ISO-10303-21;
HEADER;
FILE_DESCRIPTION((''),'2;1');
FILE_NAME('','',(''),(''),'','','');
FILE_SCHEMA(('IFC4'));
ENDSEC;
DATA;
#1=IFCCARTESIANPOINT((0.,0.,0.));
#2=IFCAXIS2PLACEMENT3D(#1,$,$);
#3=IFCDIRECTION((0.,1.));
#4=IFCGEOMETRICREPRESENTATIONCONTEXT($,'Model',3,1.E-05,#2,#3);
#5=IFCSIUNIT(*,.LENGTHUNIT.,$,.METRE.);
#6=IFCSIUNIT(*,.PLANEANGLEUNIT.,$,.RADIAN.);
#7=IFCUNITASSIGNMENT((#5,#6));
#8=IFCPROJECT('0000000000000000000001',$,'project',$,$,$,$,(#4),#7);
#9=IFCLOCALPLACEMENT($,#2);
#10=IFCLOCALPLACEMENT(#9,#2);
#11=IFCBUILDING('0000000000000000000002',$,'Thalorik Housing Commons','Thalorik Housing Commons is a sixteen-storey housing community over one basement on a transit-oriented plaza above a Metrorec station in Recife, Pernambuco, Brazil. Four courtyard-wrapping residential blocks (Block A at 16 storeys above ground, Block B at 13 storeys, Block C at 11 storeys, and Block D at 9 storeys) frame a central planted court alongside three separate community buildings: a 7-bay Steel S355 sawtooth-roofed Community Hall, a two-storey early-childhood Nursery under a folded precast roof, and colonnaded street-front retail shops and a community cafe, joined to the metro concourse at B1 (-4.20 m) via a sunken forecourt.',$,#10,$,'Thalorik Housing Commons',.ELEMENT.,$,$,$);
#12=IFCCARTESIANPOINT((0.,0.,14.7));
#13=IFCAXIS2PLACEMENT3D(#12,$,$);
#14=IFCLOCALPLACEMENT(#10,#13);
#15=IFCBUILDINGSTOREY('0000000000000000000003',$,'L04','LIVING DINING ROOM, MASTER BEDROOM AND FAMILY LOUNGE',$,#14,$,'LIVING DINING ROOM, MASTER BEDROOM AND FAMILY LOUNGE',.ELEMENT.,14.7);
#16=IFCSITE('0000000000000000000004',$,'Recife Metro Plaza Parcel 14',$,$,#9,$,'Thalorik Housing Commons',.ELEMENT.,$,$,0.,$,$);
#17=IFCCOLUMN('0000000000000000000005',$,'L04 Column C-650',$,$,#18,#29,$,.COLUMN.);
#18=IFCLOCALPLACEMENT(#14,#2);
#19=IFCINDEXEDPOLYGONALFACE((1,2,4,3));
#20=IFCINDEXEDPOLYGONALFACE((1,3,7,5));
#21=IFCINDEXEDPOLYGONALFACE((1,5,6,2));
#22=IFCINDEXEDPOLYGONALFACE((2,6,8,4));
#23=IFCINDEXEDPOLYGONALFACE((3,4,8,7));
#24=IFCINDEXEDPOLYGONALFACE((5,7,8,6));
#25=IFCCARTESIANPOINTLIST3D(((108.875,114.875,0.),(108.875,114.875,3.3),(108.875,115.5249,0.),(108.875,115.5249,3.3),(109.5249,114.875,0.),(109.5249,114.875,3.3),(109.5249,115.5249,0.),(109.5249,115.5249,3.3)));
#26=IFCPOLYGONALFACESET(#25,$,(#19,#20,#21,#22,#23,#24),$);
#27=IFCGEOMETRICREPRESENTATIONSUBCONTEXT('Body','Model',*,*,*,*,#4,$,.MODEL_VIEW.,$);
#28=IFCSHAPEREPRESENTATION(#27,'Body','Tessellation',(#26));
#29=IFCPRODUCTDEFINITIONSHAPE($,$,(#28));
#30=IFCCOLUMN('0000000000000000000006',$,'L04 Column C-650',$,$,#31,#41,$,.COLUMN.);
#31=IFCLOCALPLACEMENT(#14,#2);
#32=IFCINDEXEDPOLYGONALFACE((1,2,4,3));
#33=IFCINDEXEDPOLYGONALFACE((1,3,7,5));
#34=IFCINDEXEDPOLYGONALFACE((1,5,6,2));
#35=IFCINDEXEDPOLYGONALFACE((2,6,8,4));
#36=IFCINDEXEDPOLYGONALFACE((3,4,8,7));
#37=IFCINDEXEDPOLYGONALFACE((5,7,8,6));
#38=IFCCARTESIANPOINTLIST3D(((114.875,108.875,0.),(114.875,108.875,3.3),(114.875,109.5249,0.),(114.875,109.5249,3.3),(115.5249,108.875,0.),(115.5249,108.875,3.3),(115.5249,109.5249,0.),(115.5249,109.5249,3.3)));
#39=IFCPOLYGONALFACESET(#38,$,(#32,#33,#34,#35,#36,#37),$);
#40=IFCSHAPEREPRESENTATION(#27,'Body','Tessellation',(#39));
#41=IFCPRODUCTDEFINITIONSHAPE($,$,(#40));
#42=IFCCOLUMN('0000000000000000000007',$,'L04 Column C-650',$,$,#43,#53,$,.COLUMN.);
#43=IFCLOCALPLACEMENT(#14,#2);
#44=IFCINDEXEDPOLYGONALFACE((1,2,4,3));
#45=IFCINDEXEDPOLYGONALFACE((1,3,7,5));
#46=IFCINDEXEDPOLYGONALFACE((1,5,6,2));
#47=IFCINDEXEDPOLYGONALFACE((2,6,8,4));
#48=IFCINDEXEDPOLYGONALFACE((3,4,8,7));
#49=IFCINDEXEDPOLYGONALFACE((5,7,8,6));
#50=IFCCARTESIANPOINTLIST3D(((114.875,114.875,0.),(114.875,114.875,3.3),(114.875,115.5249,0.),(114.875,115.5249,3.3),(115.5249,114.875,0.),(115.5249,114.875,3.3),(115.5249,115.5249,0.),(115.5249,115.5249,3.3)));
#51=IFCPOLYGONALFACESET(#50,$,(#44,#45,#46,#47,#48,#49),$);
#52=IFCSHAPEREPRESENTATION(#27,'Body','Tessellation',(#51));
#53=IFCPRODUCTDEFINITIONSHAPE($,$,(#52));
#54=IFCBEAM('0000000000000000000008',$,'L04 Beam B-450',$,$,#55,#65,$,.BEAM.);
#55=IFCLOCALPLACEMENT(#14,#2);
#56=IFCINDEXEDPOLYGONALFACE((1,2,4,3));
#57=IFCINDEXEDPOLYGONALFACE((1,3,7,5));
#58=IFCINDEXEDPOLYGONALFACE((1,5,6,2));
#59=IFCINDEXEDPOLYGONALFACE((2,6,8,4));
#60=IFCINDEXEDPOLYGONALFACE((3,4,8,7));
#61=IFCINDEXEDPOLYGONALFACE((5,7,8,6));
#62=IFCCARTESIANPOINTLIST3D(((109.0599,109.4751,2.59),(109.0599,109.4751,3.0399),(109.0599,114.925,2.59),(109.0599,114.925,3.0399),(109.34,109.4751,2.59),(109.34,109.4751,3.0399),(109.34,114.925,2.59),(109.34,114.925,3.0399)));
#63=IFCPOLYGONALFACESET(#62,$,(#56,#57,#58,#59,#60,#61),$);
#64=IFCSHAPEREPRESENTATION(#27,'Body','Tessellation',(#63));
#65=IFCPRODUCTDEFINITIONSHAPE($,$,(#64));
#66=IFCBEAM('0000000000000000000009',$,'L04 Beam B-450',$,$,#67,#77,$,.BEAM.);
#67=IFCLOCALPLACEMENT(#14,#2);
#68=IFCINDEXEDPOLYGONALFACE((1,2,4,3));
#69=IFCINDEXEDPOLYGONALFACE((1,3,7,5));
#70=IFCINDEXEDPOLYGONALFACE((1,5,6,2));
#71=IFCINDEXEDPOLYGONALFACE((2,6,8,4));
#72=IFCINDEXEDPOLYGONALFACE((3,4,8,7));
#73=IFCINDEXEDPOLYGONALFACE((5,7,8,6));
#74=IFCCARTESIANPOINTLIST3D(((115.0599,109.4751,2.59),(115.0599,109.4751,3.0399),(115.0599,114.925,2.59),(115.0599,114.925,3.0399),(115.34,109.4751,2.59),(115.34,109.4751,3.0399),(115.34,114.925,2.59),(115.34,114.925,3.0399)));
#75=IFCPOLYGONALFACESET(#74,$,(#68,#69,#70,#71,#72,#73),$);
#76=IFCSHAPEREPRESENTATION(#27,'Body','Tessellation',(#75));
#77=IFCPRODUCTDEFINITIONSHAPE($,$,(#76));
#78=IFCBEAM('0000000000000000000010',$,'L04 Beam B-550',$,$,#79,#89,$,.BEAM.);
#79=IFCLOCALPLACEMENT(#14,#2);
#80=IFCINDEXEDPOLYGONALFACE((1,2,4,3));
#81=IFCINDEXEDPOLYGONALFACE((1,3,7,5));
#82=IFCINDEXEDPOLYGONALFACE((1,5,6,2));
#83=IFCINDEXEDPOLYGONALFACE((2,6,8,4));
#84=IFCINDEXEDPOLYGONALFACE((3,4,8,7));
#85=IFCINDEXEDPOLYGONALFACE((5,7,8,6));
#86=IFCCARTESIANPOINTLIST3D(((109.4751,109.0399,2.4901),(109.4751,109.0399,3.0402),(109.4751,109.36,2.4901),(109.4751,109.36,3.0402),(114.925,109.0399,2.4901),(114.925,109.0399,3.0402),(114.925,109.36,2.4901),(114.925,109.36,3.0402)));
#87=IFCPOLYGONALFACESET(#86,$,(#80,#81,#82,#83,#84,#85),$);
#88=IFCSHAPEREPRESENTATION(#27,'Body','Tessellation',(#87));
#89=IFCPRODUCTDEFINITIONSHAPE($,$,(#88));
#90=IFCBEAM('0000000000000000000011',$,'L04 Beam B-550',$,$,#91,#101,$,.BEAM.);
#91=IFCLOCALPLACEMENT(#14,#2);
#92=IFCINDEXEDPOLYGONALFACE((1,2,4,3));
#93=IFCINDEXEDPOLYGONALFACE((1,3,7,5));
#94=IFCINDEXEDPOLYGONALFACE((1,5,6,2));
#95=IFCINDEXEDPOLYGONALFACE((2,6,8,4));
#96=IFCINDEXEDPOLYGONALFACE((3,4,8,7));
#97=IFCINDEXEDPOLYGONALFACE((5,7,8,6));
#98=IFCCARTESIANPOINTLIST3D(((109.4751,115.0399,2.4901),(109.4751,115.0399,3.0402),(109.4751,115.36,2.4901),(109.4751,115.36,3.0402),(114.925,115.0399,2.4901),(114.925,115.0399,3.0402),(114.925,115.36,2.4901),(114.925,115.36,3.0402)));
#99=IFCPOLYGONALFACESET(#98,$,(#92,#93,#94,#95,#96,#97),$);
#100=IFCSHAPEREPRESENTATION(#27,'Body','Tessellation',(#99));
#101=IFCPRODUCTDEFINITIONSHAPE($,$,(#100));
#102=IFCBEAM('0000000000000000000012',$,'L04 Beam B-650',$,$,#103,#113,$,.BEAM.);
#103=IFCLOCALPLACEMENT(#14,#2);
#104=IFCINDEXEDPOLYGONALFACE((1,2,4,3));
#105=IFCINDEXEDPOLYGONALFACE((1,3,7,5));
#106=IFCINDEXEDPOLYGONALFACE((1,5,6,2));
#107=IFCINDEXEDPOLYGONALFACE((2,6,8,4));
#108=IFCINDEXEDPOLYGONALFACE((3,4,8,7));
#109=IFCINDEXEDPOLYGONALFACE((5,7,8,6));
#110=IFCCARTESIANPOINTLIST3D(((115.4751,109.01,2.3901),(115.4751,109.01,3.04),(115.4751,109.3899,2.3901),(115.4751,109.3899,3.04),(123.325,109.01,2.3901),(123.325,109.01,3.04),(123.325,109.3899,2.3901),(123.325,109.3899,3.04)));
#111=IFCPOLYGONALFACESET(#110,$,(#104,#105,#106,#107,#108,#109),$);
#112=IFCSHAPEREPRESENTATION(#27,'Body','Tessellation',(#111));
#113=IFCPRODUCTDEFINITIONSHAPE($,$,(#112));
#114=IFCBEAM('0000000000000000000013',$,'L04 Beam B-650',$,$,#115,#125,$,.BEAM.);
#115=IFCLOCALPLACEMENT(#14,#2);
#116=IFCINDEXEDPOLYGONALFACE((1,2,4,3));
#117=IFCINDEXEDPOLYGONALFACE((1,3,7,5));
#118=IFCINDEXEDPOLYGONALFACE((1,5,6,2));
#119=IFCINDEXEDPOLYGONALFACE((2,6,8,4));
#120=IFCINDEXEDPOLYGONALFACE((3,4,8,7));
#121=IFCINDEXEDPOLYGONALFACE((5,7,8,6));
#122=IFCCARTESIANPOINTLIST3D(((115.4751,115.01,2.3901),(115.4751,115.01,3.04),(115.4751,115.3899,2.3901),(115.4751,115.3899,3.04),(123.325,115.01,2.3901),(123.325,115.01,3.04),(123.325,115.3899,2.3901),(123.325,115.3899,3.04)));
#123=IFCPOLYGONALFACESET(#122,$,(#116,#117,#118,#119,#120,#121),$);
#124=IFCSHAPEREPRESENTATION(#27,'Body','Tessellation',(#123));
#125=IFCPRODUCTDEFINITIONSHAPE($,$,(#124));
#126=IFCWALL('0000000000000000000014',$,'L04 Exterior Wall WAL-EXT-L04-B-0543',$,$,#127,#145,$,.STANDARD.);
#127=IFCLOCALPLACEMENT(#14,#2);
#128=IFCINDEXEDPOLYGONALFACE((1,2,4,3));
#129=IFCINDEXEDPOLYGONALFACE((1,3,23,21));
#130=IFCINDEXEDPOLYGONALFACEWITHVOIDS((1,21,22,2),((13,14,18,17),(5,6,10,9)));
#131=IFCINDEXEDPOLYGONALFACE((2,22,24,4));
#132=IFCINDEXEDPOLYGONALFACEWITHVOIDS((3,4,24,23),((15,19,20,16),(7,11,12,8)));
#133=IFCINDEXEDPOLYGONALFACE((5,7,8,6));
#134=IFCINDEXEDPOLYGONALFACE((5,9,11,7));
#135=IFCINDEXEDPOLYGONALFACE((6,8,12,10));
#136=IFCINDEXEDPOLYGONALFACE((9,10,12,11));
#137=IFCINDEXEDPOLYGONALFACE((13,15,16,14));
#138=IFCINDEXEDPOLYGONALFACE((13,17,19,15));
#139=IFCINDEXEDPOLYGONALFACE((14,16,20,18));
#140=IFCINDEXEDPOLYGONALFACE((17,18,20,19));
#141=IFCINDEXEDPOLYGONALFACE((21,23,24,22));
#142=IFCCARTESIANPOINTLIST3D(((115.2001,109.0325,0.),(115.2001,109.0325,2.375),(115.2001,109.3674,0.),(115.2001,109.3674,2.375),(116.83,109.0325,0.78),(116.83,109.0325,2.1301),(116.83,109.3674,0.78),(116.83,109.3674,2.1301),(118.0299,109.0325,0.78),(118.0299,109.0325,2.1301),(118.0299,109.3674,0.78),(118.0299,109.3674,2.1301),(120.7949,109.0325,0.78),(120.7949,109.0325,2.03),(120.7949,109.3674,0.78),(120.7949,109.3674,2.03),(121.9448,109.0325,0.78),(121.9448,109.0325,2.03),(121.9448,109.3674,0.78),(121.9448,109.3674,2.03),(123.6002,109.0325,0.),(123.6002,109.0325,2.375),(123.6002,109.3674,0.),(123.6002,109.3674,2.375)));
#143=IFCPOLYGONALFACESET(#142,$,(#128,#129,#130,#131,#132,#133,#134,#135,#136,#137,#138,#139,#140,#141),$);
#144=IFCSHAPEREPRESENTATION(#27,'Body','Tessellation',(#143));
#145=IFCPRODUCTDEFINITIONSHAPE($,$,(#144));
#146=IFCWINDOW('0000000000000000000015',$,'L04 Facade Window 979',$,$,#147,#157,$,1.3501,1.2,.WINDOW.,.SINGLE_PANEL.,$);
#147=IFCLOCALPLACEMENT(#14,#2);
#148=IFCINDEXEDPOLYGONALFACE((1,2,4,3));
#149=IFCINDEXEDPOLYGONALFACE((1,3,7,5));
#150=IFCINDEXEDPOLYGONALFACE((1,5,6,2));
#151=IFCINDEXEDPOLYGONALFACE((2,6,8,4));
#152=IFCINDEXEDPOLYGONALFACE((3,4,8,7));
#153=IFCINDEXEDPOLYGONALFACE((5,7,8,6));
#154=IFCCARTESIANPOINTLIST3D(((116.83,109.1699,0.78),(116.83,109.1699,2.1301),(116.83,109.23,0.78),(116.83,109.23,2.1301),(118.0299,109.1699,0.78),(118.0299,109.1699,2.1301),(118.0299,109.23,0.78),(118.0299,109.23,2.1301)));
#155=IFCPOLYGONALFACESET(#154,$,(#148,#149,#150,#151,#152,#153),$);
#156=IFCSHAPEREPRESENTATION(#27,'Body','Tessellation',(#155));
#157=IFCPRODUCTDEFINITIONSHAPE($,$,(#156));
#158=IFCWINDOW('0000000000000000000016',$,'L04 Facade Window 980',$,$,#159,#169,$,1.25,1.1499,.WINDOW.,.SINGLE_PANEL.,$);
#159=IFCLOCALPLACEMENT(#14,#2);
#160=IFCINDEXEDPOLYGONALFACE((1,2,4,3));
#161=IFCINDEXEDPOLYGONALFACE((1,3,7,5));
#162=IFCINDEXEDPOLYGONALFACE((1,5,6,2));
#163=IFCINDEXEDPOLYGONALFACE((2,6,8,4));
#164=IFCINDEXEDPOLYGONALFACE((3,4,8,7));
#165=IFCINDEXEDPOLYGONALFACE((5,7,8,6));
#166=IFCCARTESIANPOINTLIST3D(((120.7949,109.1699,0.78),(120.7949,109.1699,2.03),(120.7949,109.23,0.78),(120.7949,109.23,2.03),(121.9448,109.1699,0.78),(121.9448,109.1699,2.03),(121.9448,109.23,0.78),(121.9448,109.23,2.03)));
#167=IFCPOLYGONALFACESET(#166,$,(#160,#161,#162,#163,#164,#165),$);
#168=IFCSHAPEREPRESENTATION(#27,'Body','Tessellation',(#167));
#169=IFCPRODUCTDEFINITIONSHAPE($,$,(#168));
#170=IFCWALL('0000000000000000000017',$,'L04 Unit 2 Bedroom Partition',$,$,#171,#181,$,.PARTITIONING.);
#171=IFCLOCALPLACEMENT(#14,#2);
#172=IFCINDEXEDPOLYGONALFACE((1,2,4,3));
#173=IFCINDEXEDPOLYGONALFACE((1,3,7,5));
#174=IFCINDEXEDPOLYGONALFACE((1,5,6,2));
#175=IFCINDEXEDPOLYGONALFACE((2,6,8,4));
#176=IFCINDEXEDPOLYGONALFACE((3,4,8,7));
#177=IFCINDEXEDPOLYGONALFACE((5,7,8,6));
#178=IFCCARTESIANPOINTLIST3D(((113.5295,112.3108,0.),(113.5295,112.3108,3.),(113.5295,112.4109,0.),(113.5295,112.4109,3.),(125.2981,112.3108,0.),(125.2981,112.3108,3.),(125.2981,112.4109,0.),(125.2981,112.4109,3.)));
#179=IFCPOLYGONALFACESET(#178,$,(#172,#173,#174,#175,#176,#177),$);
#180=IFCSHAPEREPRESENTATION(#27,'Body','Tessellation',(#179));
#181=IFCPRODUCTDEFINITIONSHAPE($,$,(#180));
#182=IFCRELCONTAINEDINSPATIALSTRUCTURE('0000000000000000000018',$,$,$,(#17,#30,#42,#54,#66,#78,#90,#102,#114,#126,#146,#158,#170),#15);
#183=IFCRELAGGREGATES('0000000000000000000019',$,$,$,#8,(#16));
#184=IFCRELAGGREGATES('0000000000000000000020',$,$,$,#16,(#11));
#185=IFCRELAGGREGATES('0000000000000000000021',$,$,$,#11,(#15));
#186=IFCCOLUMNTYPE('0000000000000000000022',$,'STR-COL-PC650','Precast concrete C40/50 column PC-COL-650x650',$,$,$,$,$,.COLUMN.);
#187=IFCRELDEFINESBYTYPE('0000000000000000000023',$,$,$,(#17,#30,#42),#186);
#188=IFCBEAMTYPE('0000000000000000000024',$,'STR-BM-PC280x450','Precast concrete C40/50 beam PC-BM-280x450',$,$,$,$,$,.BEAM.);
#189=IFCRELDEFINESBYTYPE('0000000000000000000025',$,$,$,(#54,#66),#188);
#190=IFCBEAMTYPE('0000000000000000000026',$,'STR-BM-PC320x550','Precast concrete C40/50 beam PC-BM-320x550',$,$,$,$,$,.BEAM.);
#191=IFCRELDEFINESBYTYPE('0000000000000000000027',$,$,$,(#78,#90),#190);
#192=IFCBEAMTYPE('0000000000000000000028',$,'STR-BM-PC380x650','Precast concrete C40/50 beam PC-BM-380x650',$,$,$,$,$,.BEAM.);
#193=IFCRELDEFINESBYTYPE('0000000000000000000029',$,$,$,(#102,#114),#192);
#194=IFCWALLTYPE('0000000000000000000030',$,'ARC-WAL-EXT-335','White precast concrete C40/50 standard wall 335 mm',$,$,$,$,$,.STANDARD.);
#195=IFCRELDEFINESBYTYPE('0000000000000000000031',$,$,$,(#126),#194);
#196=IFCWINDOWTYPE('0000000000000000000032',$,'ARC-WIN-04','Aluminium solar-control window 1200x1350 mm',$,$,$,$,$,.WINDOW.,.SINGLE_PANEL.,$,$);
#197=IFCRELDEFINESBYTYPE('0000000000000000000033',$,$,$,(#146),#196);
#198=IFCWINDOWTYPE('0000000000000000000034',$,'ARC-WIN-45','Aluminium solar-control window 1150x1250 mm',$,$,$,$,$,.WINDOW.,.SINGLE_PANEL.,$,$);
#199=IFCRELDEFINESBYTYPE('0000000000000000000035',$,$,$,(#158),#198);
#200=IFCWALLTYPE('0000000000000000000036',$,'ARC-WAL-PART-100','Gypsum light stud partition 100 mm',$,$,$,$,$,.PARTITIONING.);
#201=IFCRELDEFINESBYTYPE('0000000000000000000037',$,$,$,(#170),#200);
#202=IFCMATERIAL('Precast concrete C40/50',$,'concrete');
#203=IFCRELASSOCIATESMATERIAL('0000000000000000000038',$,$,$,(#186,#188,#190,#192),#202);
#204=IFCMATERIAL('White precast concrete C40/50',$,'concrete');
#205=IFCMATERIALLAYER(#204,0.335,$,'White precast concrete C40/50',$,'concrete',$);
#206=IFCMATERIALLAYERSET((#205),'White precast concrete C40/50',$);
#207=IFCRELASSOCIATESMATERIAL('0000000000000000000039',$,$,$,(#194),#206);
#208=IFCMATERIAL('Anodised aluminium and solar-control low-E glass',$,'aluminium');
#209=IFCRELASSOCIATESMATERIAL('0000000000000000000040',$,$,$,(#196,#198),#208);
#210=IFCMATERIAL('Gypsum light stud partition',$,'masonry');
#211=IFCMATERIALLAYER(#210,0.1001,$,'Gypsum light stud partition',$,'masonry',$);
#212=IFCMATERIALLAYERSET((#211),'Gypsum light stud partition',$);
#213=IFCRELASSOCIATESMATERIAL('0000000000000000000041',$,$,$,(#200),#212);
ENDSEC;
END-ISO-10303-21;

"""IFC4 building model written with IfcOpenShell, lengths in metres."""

from ifc_helpers import new_model, si_unit, direction, frame, frame_2d, origin, origin_2d, place, context, subcontext, project, spatial, rectangle, extrude, material, layer, layer_set, material_profile, profile_set, type_object, element, fill, save


model = new_model("IFC4")

# Units and contexts
model_context = context("Model", 3, precision=1e-05, world=origin(), true_north=direction((0.0, 1.0)))
body_context = subcontext(model_context, "Body", "Model", "MODEL_VIEW")
ifc_project = project(units=[si_unit("LENGTHUNIT", "METRE"), si_unit("PLANEANGLEUNIT", "RADIAN")], contexts=[model_context])

# Site, building, storey
site_placement = place(None, origin())
site = spatial("IfcSite", under=ifc_project, at=site_placement, Name="Recife Metro Plaza Parcel 14", LongName="Thalorik Housing Commons", CompositionType="ELEMENT", RefElevation=0.0)
building_placement = place(site_placement, origin())
building = spatial("IfcBuilding", under=site, at=building_placement, Name="Thalorik Housing Commons", Description="Thalorik Housing Commons is a sixteen-storey housing community over one basement on a transit-oriented plaza above a Metrorec station in Recife, Pernambuco, Brazil. Four courtyard-wrapping residential blocks (Block A at 16 storeys above ground, Block B at 13 storeys, Block C at 11 storeys, and Block D at 9 storeys) frame a central planted court alongside three separate community buildings: a 7-bay Steel S355 sawtooth-roofed Community Hall, a two-storey early-childhood Nursery under a folded precast roof, and colonnaded street-front retail shops and a community cafe, joined to the metro concourse at B1 (-4.20 m) via a sunken forecourt.", LongName="Thalorik Housing Commons", CompositionType="ELEMENT")
storey_placement = place(building_placement, frame((0.0, 0.0, 14.7)))
storey = spatial("IfcBuildingStorey", under=building, at=storey_placement, Name="L04", Description="LIVING DINING ROOM, MASTER BEDROOM AND FAMILY LOUNGE", LongName="LIVING DINING ROOM, MASTER BEDROOM AND FAMILY LOUNGE", CompositionType="ELEMENT", Elevation=14.7)

# Columns
ifc_material_1 = material(Name="Precast concrete C40/50", Category="concrete")
ifc_material_profile_1 = material_profile(ifc_material_1, rectangle(XDim=0.6499, YDim=0.6499, at=origin_2d()), Name="PC 650x650", Category="concrete")
ifc_profile_set_1 = profile_set([ifc_material_profile_1], Name="Precast concrete C40/50")
column_type = type_object("IfcColumnType", Name="STR-COL-PC650", Description="Precast concrete C40/50 column PC-COL-650x650", PredefinedType="COLUMN", material=ifc_profile_set_1)
for number, where, z_axis, x_axis, name in (
    (1, (109.2, 115.2, 0.0), (0.0, 0.0, 1.0), (1.0, 0.0, 0.0), "L04 Column C-650"),
    (2, (115.2, 109.2, 0.0), (0.0, 0.0, 1.0), (1.0, 0.0, 0.0), "L04 Column C-650"),
    (3, (115.2, 115.2, 0.0), (0.0, 0.0, 1.0), (1.0, 0.0, 0.0), "L04 Column C-650"),
):
    element("IfcColumn", number, at=place(storey_placement, frame(where, z_axis=z_axis, x_axis=x_axis)), inside=storey, type_object=column_type, Name=name, PredefinedType="COLUMN", context=body_context, shape_type="SweptSolid", body=[
        extrude(rectangle(XDim=0.6499, YDim=0.6499, at=origin_2d()), origin(), (0.0, 0.0, 1.0), 3.3),
    ])

# Beams
ifc_material_profile_2 = material_profile(ifc_material_1, rectangle(XDim=0.28, YDim=0.45, at=origin_2d()), Name="PC 280x450", Category="concrete")
ifc_profile_set_2 = profile_set([ifc_material_profile_2], Name="Precast concrete C40/50")
beam_type_1 = type_object("IfcBeamType", Name="STR-BM-PC280x450", Description="Precast concrete C40/50 beam PC-BM-280x450", PredefinedType="BEAM", material=ifc_profile_set_2)
for number, where, z_axis, x_axis, name in (
    (4, (109.2, 109.4751, 2.8149), (0.0, 1.0, 0.0), (-1.0, 0.0, 0.0), "L04 Beam B-450"),
    (5, (115.2, 109.4751, 2.8149), (0.0, 1.0, 0.0), (-1.0, 0.0, 0.0), "L04 Beam B-450"),
):
    element("IfcBeam", number, at=place(storey_placement, frame(where, z_axis=z_axis, x_axis=x_axis)), inside=storey, type_object=beam_type_1, Name=name, PredefinedType="BEAM", context=body_context, shape_type="SweptSolid", body=[
        extrude(rectangle(XDim=0.28, YDim=0.45, at=origin_2d()), origin(), (0.0, 0.0, 1.0), 5.45),
    ])
ifc_material_profile_3 = material_profile(ifc_material_1, rectangle(XDim=0.3201, YDim=0.55, at=origin_2d()), Name="PC 320x550", Category="concrete")
ifc_profile_set_3 = profile_set([ifc_material_profile_3], Name="Precast concrete C40/50")
beam_type_2 = type_object("IfcBeamType", Name="STR-BM-PC320x550", Description="Precast concrete C40/50 beam PC-BM-320x550", PredefinedType="BEAM", material=ifc_profile_set_3)
for number, where, z_axis, x_axis, name in (
    (6, (109.4751, 109.2, 2.7651), (1.0, 0.0, 0.0), (0.0, 1.0, 0.0), "L04 Beam B-550"),
    (7, (109.4751, 115.2, 2.7651), (1.0, 0.0, 0.0), (0.0, 1.0, 0.0), "L04 Beam B-550"),
):
    element("IfcBeam", number, at=place(storey_placement, frame(where, z_axis=z_axis, x_axis=x_axis)), inside=storey, type_object=beam_type_2, Name=name, PredefinedType="BEAM", context=body_context, shape_type="SweptSolid", body=[
        extrude(rectangle(XDim=0.3201, YDim=0.55, at=origin_2d()), origin(), (0.0, 0.0, 1.0), 5.45),
    ])
ifc_material_profile_4 = material_profile(ifc_material_1, rectangle(XDim=0.3799, YDim=0.6499, at=origin_2d()), Name="PC 380x650", Category="concrete")
ifc_profile_set_4 = profile_set([ifc_material_profile_4], Name="Precast concrete C40/50")
beam_type_3 = type_object("IfcBeamType", Name="STR-BM-PC380x650", Description="Precast concrete C40/50 beam PC-BM-380x650", PredefinedType="BEAM", material=ifc_profile_set_4)
for number, where, z_axis, x_axis, name in (
    (8, (115.4751, 109.2, 2.7151), (1.0, 0.0, 0.0), (0.0, 1.0, 0.0), "L04 Beam B-650"),
    (9, (115.4751, 115.2, 2.7151), (1.0, 0.0, 0.0), (0.0, 1.0, 0.0), "L04 Beam B-650"),
):
    element("IfcBeam", number, at=place(storey_placement, frame(where, z_axis=z_axis, x_axis=x_axis)), inside=storey, type_object=beam_type_3, Name=name, PredefinedType="BEAM", context=body_context, shape_type="SweptSolid", body=[
        extrude(rectangle(XDim=0.3799, YDim=0.6499, at=origin_2d()), origin(), (0.0, 0.0, 1.0), 7.8499),
    ])

# Wall, openings, windows
ifc_material_2 = material(Name="White precast concrete C40/50", Category="concrete")
ifc_layer_1 = layer(ifc_material_2, 0.335, Name="White precast concrete C40/50", Category="concrete")
ifc_layer_set_1 = layer_set([ifc_layer_1], Name="White precast concrete C40/50")
wall_type_1 = type_object("IfcWallType", Name="ARC-WAL-EXT-335", Description="White precast concrete C40/50 standard wall 335 mm", PredefinedType="STANDARD", material=ifc_layer_set_1)
wall_1_placement = place(storey_placement, frame((115.2, 109.2, 0.0), z_axis=(0.0, 0.0, 1.0), x_axis=(1.0, 0.0, 0.0)))
wall_1 = element("IfcWall", 10, at=wall_1_placement, inside=storey, type_object=wall_type_1, Name="L04 Exterior Wall WAL-EXT-L04-B-0543", PredefinedType="STANDARD", context=body_context, shape_type="SweptSolid", body=[
    extrude(rectangle(XDim=8.4001, YDim=0.335, at=frame_2d((4.2002, 0.0))), origin(), (0.0, 0.0, 1.0), 2.375),
])
opening_1_placement = place(wall_1_placement, frame((1.6299, 0.0, 0.78)))
opening_1 = element("IfcOpeningElement", 11, at=opening_1_placement, cuts=wall_1, PredefinedType="OPENING", context=body_context, shape_type="SweptSolid", body=[
    extrude(rectangle(XDim=1.2, YDim=1.3501, at=frame_2d((0.6001, 0.675))), frame((0.0, 0.1775, 0.0), z_axis=(0.0, -1.0, 0.0), x_axis=(1.0, 0.0, 0.0)), (0.0, 0.0, 1.0), 0.355),
])
opening_2_placement = place(wall_1_placement, frame((5.595, 0.0, 0.78)))
opening_2 = element("IfcOpeningElement", 12, at=opening_2_placement, cuts=wall_1, PredefinedType="OPENING", context=body_context, shape_type="SweptSolid", body=[
    extrude(rectangle(XDim=1.1499, YDim=1.25, at=frame_2d((0.575, 0.625))), frame((0.0, 0.1775, 0.0), z_axis=(0.0, -1.0, 0.0), x_axis=(1.0, 0.0, 0.0)), (0.0, 0.0, 1.0), 0.355),
])
ifc_material_3 = material(Name="Anodised aluminium and solar-control low-E glass", Category="aluminium")
window_type_1 = type_object("IfcWindowType", Name="ARC-WIN-04", Description="Aluminium solar-control window 1200x1350 mm", PartitioningType="SINGLE_PANEL", PredefinedType="WINDOW", material=ifc_material_3)
window_1_placement = place(opening_1_placement, origin())
window_1 = element("IfcWindow", 13, at=window_1_placement, inside=storey, type_object=window_type_1, Name="L04 Facade Window 979", OverallHeight=1.3501, OverallWidth=1.2, PartitioningType="SINGLE_PANEL", PredefinedType="WINDOW", context=body_context, shape_type="SweptSolid", body=[
    extrude(rectangle(XDim=1.2, YDim=1.3501, at=frame_2d((0.6001, 0.675))), frame((0.0, 0.03, 0.0), z_axis=(0.0, -1.0, 0.0), x_axis=(1.0, 0.0, 0.0)), (0.0, 0.0, 1.0), 0.0601),
])
fill(opening_1, window_1)
window_type_2 = type_object("IfcWindowType", Name="ARC-WIN-45", Description="Aluminium solar-control window 1150x1250 mm", PartitioningType="SINGLE_PANEL", PredefinedType="WINDOW", material=ifc_material_3)
window_2_placement = place(opening_2_placement, origin())
window_2 = element("IfcWindow", 14, at=window_2_placement, inside=storey, type_object=window_type_2, Name="L04 Facade Window 980", OverallHeight=1.25, OverallWidth=1.1499, PartitioningType="SINGLE_PANEL", PredefinedType="WINDOW", context=body_context, shape_type="SweptSolid", body=[
    extrude(rectangle(XDim=1.1499, YDim=1.25, at=frame_2d((0.575, 0.625))), frame((0.0, 0.03, 0.0), z_axis=(0.0, -1.0, 0.0), x_axis=(1.0, 0.0, 0.0)), (0.0, 0.0, 1.0), 0.0601),
])
fill(opening_2, window_2)

# Wall
ifc_material_4 = material(Name="Gypsum light stud partition", Category="masonry")
ifc_layer_2 = layer(ifc_material_4, 0.1001, Name="Gypsum light stud partition", Category="masonry")
ifc_layer_set_2 = layer_set([ifc_layer_2], Name="Gypsum light stud partition")
wall_type_2 = type_object("IfcWallType", Name="ARC-WAL-PART-100", Description="Gypsum light stud partition 100 mm", PredefinedType="PARTITIONING", material=ifc_layer_set_2)
wall_2_placement = place(storey_placement, frame((113.5295, 112.3608, 0.0), z_axis=(0.0, 0.0, 1.0), x_axis=(1.0, 0.0, 0.0)))
element("IfcWall", 15, at=wall_2_placement, inside=storey, type_object=wall_type_2, Name="L04 Unit 2 Bedroom Partition", PredefinedType="PARTITIONING", context=body_context, shape_type="SweptSolid", body=[
    extrude(rectangle(XDim=11.7686, YDim=0.1001, at=frame_2d((5.8843, 0.0))), origin(), (0.0, 0.0, 1.0), 3.0),
])

save(model, "model.ifc")
